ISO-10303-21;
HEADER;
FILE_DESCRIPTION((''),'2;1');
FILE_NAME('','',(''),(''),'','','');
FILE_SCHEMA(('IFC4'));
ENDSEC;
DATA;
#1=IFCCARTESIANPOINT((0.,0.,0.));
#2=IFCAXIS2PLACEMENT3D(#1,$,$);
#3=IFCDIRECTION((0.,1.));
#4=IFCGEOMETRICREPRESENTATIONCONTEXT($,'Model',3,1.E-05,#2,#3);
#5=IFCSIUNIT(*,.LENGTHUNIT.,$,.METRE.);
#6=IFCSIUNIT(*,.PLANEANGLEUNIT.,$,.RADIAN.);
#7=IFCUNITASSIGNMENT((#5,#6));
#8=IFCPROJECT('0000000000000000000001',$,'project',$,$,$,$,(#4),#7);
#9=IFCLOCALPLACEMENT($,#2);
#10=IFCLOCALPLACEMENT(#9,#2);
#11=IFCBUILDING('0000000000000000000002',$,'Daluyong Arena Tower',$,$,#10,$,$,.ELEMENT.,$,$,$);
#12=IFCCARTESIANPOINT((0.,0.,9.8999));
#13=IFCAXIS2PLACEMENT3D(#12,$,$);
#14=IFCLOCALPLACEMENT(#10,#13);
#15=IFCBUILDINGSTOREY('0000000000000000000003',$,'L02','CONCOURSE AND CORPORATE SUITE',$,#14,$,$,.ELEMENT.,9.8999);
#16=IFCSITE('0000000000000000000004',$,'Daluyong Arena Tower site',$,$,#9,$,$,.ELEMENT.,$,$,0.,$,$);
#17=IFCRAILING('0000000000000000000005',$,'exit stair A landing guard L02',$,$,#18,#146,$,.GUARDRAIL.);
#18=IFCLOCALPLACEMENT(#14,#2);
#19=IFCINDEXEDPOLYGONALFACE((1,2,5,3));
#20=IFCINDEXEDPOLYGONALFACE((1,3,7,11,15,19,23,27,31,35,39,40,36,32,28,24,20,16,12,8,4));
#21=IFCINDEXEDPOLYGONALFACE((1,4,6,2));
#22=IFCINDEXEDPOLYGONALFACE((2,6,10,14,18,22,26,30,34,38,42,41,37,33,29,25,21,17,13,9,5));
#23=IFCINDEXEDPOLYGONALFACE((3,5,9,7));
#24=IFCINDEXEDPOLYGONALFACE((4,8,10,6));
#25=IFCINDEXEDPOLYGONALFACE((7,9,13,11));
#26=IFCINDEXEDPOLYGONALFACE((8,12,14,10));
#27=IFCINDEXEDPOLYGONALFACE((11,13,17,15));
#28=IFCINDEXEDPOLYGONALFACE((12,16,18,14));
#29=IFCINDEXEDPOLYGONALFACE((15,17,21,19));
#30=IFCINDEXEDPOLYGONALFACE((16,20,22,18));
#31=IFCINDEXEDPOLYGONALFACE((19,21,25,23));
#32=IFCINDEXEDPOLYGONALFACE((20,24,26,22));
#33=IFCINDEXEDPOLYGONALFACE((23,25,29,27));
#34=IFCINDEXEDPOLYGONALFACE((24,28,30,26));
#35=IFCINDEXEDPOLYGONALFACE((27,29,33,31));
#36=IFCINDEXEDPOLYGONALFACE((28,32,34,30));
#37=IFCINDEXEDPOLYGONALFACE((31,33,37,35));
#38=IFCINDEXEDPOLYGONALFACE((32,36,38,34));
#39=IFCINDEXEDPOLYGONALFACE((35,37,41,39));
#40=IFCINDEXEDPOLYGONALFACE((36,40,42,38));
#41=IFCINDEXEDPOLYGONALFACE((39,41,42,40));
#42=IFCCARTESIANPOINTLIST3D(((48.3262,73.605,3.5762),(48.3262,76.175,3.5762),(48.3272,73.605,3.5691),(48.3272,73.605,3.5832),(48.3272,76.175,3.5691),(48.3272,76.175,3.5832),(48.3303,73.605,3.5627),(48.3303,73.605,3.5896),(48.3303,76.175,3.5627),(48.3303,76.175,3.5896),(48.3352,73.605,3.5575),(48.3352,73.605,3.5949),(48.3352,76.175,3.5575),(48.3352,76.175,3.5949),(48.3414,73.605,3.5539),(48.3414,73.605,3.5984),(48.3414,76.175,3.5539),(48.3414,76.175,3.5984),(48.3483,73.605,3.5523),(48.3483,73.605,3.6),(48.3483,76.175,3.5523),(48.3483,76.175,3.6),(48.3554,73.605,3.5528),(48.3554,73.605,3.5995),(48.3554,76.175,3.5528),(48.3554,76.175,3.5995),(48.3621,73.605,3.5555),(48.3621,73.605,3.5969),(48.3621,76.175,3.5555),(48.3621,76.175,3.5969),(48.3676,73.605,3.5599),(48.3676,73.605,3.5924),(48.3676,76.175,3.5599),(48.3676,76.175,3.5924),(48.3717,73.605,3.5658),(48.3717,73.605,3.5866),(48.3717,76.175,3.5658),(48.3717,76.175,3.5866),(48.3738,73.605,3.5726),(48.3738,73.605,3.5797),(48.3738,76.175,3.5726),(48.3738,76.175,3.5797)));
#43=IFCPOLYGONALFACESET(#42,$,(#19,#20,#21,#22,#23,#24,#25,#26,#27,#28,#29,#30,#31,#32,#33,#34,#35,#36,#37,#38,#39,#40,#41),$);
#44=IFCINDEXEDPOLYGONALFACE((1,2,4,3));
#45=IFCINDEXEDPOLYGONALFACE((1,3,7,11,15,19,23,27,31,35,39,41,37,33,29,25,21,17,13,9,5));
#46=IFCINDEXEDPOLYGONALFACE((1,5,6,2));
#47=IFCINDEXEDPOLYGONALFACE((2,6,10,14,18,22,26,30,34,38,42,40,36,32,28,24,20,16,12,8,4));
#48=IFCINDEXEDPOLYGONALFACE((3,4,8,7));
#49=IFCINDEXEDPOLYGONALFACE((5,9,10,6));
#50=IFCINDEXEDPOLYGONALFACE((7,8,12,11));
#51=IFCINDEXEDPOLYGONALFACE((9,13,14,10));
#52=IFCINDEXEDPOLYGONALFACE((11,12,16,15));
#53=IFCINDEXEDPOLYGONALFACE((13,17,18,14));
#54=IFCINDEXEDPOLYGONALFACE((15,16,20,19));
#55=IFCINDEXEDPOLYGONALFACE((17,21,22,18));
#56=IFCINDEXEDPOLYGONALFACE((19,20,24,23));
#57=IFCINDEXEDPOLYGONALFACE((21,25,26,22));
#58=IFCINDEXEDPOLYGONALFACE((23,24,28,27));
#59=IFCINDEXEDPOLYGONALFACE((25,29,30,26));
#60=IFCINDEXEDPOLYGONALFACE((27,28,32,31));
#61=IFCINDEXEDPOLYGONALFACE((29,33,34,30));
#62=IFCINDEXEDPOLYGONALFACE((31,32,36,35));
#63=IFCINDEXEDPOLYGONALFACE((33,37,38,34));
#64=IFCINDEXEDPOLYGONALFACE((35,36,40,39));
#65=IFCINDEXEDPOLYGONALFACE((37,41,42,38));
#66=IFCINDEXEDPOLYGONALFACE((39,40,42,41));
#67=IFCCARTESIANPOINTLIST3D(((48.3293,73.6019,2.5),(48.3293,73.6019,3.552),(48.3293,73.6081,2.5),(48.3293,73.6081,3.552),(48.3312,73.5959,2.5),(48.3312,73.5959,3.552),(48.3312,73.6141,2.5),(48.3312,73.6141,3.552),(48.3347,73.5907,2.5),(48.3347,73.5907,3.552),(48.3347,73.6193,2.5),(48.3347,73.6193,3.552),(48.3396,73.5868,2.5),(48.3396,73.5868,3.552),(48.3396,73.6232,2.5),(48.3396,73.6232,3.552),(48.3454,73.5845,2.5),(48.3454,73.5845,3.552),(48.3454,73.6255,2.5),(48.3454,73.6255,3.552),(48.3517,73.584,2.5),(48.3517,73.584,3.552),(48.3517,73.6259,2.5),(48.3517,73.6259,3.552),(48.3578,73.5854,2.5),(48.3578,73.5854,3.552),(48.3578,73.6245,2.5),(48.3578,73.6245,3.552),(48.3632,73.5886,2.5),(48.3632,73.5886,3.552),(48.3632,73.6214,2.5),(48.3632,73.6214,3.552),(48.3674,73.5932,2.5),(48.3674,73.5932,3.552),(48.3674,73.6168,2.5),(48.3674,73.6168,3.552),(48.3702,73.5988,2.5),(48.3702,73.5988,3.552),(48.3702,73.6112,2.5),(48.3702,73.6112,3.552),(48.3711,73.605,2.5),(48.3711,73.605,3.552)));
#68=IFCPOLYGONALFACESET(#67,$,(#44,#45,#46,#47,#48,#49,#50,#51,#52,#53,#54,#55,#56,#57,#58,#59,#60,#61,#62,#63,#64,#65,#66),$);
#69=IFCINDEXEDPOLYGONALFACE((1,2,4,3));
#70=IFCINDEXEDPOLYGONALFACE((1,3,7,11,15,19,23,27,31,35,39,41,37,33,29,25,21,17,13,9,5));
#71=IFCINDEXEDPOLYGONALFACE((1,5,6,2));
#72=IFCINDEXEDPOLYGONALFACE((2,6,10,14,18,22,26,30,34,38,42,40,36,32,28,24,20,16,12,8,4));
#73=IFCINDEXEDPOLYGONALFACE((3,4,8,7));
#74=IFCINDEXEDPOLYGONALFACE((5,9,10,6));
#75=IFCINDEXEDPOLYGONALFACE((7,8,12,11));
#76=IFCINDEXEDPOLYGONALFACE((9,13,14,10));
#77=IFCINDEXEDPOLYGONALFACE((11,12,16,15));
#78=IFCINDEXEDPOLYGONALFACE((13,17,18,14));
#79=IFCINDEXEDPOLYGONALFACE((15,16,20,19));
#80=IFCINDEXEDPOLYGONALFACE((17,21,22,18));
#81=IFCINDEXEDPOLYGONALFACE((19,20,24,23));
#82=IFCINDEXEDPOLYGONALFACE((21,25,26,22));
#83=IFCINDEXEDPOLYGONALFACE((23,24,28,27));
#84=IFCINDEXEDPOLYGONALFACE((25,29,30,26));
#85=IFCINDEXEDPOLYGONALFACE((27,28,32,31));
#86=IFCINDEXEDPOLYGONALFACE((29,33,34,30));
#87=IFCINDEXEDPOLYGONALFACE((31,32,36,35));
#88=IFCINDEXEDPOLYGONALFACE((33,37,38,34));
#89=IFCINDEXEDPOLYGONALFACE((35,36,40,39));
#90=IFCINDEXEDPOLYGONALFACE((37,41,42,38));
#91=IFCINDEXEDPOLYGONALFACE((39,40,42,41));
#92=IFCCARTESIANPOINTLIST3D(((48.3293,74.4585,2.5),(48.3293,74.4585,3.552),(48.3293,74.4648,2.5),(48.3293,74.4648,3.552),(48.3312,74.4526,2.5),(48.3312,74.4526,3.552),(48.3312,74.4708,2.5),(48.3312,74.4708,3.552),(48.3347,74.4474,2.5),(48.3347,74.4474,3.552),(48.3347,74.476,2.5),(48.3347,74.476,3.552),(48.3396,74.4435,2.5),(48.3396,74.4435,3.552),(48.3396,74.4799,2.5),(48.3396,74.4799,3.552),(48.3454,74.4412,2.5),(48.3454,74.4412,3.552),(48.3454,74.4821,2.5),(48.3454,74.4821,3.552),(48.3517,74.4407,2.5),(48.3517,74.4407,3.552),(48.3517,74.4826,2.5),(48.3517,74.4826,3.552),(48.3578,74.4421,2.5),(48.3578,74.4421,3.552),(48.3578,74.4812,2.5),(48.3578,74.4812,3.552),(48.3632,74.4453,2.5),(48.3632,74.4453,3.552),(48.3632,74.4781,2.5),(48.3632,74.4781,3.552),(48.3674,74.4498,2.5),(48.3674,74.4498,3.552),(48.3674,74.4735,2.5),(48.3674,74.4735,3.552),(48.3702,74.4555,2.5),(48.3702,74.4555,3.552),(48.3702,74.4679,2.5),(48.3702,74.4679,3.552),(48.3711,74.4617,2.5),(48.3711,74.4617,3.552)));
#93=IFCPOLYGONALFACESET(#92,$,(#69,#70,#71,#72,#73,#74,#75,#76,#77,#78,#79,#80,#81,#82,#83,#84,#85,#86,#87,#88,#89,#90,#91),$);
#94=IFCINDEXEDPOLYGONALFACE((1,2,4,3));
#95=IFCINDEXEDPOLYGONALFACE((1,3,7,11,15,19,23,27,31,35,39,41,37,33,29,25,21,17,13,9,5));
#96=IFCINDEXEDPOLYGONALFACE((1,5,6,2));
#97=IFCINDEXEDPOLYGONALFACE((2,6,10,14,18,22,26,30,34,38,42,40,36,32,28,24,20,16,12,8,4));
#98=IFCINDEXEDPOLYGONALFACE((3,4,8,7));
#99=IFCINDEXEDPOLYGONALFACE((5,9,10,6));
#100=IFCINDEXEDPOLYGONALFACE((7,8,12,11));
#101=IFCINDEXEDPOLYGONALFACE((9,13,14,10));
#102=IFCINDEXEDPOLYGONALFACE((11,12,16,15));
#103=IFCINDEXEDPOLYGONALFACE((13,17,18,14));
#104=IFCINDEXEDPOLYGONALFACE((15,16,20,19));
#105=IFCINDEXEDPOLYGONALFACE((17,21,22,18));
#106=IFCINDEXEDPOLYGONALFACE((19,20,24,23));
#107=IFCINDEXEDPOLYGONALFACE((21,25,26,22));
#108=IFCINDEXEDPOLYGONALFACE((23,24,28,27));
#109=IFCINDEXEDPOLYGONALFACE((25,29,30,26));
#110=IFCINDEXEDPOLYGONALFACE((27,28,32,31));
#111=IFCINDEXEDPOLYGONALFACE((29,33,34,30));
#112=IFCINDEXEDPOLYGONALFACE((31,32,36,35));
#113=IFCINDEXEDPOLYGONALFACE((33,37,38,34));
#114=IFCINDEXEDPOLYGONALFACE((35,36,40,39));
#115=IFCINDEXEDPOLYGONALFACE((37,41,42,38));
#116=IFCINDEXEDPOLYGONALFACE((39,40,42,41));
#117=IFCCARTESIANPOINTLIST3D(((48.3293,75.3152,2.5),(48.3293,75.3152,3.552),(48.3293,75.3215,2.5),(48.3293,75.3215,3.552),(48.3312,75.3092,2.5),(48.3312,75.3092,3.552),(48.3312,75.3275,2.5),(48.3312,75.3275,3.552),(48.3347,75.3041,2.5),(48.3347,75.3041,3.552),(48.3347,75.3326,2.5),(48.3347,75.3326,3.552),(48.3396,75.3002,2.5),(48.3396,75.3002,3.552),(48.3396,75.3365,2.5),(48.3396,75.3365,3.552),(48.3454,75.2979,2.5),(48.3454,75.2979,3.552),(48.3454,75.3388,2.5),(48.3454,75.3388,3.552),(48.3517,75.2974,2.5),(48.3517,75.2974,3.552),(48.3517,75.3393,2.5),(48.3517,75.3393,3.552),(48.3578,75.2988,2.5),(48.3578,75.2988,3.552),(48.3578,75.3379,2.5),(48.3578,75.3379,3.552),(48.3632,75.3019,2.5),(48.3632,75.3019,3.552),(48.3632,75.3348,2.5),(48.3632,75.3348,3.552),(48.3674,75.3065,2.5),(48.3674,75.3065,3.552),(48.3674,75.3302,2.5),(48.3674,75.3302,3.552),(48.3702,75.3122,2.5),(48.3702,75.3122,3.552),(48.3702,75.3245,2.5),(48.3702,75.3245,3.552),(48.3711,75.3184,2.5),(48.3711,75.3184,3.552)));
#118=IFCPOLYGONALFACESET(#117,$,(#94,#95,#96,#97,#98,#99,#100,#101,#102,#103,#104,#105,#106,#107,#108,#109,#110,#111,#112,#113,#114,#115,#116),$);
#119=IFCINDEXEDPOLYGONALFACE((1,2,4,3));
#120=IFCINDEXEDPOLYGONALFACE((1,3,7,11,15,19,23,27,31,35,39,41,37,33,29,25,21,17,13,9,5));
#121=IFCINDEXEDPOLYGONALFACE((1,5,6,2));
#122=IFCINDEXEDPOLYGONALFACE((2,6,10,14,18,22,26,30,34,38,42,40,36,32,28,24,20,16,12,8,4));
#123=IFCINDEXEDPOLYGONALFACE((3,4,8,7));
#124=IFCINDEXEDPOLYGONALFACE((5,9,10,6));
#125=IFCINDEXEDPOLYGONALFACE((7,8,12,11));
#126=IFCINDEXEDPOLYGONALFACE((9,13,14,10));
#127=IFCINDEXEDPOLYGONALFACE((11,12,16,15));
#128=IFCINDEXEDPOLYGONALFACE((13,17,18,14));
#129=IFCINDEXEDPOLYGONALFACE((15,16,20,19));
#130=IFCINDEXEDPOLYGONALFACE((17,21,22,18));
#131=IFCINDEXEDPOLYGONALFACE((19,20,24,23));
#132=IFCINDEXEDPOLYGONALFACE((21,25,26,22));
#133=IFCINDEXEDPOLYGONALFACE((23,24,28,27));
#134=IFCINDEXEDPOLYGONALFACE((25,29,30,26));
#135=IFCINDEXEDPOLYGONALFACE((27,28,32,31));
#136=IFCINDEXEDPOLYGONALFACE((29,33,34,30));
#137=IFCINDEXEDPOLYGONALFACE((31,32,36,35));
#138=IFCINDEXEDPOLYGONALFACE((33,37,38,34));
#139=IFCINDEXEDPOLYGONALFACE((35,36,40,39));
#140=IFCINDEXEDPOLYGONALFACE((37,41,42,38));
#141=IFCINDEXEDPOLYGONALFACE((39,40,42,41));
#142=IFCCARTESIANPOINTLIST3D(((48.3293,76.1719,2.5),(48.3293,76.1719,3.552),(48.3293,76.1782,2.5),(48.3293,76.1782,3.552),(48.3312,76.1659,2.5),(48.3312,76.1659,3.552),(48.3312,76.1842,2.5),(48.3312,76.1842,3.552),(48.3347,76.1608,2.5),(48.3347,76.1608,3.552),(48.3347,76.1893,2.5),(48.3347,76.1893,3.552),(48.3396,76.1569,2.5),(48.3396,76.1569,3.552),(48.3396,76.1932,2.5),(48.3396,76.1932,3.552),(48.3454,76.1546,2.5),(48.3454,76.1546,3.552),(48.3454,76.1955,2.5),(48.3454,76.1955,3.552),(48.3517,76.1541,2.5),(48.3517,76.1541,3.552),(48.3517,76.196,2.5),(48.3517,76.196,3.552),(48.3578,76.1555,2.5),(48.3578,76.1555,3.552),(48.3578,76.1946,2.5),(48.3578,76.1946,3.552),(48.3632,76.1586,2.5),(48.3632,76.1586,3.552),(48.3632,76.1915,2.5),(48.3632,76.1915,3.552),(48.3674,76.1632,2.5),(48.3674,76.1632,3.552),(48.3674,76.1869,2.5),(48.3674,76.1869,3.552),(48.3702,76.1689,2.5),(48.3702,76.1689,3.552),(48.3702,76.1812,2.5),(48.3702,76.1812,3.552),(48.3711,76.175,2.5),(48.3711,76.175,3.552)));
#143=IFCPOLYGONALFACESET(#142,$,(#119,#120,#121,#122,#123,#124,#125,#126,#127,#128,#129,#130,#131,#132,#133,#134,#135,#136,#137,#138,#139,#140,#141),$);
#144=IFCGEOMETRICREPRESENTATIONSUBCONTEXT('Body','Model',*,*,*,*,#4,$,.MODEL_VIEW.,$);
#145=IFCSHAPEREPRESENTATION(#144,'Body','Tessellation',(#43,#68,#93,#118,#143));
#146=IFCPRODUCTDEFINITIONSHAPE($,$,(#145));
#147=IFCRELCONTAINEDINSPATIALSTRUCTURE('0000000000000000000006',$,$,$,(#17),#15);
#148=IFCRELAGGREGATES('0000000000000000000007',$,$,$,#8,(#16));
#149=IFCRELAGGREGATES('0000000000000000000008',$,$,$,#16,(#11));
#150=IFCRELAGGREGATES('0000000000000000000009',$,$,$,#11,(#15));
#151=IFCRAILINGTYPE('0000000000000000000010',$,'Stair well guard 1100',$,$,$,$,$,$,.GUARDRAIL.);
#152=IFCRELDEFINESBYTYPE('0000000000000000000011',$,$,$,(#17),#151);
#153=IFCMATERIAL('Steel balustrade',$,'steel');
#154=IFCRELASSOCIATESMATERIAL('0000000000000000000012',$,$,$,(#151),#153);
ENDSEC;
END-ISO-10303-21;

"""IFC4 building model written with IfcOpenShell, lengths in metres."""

from ifc_helpers import new_model, si_unit, direction, frame, origin, origin_2d, place, context, subcontext, project, spatial, circle, extrude, material, type_object, element, save


model = new_model("IFC4")

# Units and contexts
model_context = context("Model", 3, precision=1e-05, world=origin(), true_north=direction((0.0, 1.0)))
body_context = subcontext(model_context, "Body", "Model", "MODEL_VIEW")
ifc_project = project(units=[si_unit("LENGTHUNIT", "METRE"), si_unit("PLANEANGLEUNIT", "RADIAN")], contexts=[model_context])

# Site, building, storey
site_placement = place(None, origin())
site = spatial("IfcSite", under=ifc_project, at=site_placement, Name="Daluyong Arena Tower site", CompositionType="ELEMENT", RefElevation=0.0)
building_placement = place(site_placement, origin())
building = spatial("IfcBuilding", under=site, at=building_placement, Name="Daluyong Arena Tower", CompositionType="ELEMENT")
storey_placement = place(building_placement, frame((0.0, 0.0, 9.8999)))
storey = spatial("IfcBuildingStorey", under=building, at=storey_placement, Name="L02", Description="CONCOURSE AND CORPORATE SUITE", CompositionType="ELEMENT", Elevation=9.8999)

# Railing
ifc_material_1 = material(Name="Steel balustrade", Category="steel")
railing_type_1 = type_object("IfcRailingType", Name="Stair well guard 1100", PredefinedType="GUARDRAIL", material=ifc_material_1)
railing_placement = place(storey_placement, frame((48.3501, 73.605, 2.5)))
element("IfcRailing", 1, at=railing_placement, inside=storey, type_object=railing_type_1, Name="exit stair A landing guard L02", PredefinedType="GUARDRAIL", context=body_context, shape_type="SweptSolid", body=[
    extrude(circle(Radius=0.0239, at=origin_2d()), frame((0.0, 0.0, 1.0762), z_axis=(0.0, 1.0, 0.0), x_axis=(-1.0, 0.0, 0.0)), (0.0, 0.0, 1.0), 2.5701),
    extrude(circle(Radius=0.021, at=origin_2d()), origin(), (0.0, 0.0, 1.0), 1.052),
    extrude(circle(Radius=0.021, at=origin_2d()), frame((0.0, 0.8567, 0.0)), (0.0, 0.0, 1.0), 1.052),
    extrude(circle(Radius=0.021, at=origin_2d()), frame((0.0, 1.7134, 0.0)), (0.0, 0.0, 1.0), 1.052),
    extrude(circle(Radius=0.021, at=origin_2d()), frame((0.0, 2.5701, 0.0)), (0.0, 0.0, 1.0), 1.052),
])

save(model, "model.ifc")
